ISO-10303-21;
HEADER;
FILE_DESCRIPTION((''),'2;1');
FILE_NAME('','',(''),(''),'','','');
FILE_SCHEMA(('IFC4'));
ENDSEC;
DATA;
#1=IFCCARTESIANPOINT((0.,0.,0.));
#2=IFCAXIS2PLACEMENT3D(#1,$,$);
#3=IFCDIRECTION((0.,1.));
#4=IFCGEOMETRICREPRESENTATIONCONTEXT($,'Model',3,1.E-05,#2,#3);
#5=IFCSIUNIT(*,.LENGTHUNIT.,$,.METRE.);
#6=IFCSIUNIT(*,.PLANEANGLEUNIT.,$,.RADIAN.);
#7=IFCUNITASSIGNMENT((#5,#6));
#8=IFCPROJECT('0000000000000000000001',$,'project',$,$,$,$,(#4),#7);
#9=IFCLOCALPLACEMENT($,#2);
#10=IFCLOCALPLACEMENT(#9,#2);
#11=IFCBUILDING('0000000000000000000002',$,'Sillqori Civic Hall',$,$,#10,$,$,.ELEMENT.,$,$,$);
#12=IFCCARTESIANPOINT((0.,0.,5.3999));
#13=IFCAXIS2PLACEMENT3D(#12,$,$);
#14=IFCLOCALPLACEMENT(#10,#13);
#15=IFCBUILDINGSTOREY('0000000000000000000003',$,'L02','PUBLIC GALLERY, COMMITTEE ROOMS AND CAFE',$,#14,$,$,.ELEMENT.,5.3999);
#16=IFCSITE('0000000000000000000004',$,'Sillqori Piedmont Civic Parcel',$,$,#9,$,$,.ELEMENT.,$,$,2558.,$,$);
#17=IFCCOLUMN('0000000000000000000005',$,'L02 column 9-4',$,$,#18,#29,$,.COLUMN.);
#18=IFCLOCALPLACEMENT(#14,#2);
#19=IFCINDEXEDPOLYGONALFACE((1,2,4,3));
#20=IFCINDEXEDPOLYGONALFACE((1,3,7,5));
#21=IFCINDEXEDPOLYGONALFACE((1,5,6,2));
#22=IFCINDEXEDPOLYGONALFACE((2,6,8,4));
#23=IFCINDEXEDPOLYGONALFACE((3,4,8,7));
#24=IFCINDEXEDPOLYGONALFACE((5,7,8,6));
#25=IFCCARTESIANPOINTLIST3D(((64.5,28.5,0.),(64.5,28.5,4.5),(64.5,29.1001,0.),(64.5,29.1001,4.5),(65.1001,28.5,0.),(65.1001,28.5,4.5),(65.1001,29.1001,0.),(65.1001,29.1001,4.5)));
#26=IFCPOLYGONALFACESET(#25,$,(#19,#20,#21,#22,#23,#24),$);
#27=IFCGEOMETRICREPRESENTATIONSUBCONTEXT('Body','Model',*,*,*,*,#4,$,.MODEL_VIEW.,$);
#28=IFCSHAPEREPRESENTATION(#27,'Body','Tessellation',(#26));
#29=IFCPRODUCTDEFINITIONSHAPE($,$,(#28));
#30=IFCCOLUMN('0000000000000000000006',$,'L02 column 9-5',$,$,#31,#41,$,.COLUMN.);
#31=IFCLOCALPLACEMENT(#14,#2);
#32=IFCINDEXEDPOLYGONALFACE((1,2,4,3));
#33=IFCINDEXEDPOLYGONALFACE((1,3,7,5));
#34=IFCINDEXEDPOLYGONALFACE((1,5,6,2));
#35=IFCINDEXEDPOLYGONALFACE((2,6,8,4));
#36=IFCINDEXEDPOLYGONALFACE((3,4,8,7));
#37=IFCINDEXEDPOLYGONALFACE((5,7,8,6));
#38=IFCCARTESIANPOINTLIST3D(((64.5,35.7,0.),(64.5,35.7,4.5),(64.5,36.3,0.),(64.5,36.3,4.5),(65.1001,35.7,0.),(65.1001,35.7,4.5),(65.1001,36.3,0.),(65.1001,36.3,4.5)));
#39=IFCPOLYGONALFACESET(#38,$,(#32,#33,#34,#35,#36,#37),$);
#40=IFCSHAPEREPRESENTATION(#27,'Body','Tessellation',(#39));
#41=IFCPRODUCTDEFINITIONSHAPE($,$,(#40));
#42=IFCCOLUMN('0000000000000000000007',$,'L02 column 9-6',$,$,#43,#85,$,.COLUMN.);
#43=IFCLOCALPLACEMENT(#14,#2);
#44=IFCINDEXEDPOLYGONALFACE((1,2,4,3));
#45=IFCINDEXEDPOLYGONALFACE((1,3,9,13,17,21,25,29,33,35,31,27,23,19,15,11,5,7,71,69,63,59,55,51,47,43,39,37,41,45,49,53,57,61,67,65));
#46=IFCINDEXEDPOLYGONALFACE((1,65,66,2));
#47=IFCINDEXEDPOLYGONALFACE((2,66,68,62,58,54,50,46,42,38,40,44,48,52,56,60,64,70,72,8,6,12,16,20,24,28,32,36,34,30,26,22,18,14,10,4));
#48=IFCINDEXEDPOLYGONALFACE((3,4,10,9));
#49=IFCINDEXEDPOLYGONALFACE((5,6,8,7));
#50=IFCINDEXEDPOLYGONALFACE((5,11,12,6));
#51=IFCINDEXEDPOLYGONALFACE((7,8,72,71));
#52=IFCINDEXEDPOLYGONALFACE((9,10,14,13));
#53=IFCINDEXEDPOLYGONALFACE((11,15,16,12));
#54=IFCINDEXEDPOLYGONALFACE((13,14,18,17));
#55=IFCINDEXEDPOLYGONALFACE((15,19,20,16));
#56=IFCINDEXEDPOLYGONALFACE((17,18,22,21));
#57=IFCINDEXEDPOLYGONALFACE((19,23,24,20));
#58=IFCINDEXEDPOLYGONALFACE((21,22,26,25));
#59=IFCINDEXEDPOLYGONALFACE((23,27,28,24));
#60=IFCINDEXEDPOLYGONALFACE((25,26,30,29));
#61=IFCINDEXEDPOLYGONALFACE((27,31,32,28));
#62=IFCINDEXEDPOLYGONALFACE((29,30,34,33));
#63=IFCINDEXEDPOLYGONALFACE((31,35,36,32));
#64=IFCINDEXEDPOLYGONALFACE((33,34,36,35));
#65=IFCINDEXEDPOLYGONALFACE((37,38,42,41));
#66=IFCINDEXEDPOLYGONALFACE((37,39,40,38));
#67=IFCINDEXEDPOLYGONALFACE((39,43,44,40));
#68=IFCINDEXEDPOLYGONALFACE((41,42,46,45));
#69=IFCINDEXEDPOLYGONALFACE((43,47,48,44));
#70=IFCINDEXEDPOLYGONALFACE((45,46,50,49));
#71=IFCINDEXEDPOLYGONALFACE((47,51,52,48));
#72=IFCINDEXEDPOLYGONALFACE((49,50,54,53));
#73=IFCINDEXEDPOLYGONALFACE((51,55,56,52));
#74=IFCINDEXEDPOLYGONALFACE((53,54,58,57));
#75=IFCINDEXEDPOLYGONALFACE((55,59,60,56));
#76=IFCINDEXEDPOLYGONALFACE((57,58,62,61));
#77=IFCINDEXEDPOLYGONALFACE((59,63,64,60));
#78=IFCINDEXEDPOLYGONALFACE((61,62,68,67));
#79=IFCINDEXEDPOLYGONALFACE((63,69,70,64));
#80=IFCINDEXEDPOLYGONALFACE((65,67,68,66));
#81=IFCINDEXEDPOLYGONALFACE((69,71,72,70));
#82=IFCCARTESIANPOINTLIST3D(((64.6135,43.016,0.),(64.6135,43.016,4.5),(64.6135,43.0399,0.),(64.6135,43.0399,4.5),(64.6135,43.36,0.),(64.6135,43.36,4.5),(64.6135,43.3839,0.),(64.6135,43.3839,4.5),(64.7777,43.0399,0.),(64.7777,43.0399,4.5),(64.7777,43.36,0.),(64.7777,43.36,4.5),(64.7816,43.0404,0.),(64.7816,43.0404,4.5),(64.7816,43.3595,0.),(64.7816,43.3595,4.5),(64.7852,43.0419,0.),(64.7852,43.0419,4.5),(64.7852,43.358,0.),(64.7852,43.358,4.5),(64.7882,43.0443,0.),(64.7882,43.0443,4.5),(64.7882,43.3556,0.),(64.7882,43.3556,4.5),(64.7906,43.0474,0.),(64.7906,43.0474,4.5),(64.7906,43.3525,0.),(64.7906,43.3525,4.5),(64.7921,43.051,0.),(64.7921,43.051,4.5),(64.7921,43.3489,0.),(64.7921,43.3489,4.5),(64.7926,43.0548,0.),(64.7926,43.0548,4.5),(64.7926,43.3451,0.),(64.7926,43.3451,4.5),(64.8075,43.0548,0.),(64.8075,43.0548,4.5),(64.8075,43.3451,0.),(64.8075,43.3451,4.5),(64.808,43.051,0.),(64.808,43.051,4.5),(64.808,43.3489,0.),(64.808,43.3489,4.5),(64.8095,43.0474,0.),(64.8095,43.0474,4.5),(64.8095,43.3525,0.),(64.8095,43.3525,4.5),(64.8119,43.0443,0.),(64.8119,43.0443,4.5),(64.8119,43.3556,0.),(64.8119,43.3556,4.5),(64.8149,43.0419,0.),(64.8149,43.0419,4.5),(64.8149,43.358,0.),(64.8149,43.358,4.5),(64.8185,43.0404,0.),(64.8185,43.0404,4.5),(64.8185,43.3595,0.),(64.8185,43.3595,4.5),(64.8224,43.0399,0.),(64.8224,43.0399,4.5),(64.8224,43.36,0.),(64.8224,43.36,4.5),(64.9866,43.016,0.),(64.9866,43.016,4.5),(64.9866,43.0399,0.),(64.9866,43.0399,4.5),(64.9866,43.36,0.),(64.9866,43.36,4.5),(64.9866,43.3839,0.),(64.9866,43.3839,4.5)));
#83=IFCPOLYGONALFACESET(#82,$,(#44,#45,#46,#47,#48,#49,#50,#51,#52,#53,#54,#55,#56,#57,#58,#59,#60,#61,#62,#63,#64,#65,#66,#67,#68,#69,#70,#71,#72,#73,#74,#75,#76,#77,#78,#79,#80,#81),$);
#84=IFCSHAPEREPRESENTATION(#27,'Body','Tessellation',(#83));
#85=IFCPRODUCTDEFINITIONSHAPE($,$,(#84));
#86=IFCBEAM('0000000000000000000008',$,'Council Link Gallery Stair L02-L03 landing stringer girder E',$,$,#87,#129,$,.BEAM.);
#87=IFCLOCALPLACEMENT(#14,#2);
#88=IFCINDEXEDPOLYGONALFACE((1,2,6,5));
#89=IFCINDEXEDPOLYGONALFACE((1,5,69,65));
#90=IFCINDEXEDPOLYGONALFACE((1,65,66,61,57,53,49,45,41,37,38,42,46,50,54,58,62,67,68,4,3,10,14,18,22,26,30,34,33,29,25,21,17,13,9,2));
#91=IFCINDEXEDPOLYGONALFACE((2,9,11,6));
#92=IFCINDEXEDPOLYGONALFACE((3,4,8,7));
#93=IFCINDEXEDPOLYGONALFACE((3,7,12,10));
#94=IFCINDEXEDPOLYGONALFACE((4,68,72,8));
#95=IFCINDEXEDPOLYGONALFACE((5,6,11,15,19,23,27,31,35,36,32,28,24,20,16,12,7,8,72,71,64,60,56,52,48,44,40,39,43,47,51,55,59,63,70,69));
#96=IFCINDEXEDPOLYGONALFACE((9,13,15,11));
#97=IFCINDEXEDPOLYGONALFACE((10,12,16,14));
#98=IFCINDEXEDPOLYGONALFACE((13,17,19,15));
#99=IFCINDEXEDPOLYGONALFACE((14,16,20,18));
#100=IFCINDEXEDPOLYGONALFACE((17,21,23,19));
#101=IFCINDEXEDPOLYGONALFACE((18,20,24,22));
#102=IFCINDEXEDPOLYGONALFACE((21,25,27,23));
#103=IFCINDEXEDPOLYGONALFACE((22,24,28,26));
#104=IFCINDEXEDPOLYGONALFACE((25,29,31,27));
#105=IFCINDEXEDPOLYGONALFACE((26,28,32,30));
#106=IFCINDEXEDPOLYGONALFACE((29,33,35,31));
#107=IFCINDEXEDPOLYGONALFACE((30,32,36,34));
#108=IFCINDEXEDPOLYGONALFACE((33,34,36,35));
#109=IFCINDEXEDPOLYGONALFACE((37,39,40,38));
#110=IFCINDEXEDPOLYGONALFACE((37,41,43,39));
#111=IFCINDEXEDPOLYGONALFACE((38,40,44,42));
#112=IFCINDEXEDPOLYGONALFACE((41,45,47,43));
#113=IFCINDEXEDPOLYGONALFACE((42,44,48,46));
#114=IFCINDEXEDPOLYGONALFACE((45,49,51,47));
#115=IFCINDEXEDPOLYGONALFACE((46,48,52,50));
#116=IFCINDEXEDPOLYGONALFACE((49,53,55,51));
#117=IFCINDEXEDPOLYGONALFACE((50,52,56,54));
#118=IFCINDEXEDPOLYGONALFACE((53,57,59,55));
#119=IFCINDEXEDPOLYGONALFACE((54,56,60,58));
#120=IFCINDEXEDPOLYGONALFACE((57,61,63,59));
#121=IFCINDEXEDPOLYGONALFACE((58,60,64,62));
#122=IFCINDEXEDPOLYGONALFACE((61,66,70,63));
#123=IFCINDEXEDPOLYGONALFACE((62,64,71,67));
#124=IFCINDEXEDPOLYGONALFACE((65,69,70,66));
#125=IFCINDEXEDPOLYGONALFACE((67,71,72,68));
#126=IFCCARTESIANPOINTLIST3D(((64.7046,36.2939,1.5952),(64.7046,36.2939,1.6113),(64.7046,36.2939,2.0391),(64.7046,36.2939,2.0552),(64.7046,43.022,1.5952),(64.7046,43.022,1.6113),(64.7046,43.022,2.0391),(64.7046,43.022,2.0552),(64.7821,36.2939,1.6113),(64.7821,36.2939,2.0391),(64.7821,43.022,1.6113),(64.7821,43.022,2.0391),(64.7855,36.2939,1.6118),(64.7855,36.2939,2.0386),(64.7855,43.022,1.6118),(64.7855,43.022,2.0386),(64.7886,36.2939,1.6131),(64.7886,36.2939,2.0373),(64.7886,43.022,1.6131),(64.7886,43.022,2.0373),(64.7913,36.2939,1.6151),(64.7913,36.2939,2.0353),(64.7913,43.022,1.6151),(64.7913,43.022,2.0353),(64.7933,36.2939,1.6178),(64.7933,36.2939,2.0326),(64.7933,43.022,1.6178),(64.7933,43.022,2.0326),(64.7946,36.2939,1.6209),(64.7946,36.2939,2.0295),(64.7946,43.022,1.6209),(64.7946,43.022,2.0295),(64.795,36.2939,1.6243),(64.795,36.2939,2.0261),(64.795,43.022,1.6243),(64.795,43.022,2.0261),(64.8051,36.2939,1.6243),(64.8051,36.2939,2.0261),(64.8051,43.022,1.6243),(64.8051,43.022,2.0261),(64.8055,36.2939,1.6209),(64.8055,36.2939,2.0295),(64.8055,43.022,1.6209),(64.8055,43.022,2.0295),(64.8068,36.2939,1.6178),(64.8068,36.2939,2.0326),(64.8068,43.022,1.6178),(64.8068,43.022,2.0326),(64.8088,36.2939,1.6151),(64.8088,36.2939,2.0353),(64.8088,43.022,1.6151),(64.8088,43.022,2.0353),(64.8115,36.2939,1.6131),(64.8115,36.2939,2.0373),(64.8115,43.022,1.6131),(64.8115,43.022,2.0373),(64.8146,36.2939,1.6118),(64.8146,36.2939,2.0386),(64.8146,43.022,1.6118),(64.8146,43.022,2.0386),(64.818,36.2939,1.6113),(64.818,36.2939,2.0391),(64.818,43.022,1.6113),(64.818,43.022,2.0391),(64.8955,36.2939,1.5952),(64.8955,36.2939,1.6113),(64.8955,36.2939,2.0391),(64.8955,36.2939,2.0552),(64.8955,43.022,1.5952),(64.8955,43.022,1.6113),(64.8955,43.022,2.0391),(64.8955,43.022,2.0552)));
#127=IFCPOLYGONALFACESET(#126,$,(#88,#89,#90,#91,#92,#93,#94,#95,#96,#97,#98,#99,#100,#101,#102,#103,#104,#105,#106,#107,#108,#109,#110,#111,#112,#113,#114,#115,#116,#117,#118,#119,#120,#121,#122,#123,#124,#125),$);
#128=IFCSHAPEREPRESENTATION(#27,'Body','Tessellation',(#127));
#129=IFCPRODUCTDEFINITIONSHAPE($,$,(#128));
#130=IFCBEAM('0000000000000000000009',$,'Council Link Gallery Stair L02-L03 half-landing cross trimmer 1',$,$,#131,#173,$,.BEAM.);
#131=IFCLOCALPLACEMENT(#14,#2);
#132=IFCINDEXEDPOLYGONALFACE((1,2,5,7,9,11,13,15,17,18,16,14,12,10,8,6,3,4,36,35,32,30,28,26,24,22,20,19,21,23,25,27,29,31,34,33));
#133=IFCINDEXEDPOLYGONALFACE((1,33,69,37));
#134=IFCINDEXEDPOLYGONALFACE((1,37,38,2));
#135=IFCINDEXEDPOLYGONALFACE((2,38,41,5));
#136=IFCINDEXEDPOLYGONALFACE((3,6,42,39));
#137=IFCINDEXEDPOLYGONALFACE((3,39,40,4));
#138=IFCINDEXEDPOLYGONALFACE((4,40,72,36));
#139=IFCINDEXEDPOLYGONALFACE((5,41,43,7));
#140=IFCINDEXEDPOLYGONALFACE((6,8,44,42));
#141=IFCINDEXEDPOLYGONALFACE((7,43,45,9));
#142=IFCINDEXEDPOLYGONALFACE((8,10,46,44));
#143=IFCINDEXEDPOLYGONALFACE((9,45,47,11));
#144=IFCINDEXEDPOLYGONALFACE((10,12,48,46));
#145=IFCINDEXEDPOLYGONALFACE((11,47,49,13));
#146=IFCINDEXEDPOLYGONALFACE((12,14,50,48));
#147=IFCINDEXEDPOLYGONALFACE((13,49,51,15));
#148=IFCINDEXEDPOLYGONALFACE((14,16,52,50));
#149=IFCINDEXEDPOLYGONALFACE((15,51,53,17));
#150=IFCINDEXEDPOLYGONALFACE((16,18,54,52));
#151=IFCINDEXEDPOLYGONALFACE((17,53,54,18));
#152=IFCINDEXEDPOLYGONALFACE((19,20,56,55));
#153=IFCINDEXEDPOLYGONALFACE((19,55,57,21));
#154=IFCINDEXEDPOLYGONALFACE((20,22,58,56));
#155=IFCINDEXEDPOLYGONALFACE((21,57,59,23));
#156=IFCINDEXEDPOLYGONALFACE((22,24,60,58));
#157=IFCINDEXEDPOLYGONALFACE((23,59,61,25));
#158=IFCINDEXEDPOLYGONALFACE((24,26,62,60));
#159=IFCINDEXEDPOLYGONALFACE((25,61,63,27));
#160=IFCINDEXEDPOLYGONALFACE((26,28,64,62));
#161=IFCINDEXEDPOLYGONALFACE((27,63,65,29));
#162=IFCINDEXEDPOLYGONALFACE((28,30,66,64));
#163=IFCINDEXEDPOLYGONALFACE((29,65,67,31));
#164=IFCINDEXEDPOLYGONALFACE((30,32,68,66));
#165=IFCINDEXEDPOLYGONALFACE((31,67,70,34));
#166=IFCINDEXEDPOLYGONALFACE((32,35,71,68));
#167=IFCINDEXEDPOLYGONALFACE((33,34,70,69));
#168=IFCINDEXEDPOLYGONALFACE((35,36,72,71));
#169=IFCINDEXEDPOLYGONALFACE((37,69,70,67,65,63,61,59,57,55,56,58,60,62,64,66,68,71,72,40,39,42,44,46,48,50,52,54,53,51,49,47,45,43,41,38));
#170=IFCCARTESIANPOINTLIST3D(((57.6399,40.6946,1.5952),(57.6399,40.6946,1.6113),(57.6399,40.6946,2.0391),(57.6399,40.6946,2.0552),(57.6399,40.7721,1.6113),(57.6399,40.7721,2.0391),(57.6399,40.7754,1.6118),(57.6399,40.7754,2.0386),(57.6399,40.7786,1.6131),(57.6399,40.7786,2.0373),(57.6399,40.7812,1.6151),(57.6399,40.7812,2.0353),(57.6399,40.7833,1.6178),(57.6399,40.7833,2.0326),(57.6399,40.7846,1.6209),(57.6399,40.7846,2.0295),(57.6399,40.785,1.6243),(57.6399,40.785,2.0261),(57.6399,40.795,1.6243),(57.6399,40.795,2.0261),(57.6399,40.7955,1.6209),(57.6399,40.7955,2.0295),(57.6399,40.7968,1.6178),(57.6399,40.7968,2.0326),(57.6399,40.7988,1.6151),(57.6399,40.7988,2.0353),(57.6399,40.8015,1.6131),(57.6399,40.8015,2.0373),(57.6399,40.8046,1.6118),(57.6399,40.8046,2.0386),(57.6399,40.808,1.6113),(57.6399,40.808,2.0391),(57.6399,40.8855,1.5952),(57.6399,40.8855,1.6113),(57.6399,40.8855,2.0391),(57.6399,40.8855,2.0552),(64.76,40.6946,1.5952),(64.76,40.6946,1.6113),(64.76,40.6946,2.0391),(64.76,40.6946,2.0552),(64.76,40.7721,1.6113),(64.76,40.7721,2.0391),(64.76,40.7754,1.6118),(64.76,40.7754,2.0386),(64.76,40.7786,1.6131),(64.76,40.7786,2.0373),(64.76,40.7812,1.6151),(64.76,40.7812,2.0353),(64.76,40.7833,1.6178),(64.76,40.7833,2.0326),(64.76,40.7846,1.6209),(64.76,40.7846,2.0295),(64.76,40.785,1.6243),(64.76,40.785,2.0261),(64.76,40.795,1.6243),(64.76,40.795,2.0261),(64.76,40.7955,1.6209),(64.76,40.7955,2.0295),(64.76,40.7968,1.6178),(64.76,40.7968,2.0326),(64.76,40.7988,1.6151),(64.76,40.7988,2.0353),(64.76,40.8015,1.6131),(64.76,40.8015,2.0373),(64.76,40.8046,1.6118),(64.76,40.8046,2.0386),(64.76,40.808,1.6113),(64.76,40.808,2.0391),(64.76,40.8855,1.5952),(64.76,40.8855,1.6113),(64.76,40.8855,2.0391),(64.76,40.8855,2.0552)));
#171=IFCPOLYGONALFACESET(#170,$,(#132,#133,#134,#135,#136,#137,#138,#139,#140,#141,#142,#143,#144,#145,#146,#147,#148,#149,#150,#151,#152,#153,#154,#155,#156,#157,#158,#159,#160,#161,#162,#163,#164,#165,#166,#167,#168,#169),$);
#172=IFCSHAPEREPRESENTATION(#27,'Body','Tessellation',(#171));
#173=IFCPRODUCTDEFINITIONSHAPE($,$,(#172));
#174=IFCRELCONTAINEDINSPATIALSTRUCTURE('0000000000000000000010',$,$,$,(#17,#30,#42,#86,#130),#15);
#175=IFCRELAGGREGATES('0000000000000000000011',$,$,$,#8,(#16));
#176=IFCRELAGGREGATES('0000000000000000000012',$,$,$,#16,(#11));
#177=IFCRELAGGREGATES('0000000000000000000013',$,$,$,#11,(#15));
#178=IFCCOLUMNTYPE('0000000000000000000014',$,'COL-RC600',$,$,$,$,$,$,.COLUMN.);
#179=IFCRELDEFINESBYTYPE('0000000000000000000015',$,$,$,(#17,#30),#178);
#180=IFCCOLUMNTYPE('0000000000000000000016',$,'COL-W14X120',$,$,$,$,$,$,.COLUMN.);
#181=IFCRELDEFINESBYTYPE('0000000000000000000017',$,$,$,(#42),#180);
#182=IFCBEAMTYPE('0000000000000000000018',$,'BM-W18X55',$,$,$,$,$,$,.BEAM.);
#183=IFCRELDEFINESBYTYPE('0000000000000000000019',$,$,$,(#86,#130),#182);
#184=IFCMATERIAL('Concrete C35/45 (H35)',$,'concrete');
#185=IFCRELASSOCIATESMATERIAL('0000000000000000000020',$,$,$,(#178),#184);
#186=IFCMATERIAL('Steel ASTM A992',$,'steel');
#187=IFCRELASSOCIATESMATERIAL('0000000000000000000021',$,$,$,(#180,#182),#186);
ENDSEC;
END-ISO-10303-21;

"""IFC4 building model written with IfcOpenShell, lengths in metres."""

from ifc_helpers import new_model, si_unit, direction, frame, origin, origin_2d, place, context, subcontext, project, spatial, rectangle, i_section, extrude, material, material_profile, profile_set, type_object, element, save


model = new_model("IFC4")

# Units and contexts
model_context = context("Model", 3, precision=1e-05, world=origin(), true_north=direction((0.0, 1.0)))
body_context = subcontext(model_context, "Body", "Model", "MODEL_VIEW")
ifc_project = project(units=[si_unit("LENGTHUNIT", "METRE"), si_unit("PLANEANGLEUNIT", "RADIAN")], contexts=[model_context])

# Site, building, storey
site_placement = place(None, origin())
site = spatial("IfcSite", under=ifc_project, at=site_placement, Name="Sillqori Piedmont Civic Parcel", CompositionType="ELEMENT", RefElevation=2558.0)
building_placement = place(site_placement, origin())
building = spatial("IfcBuilding", under=site, at=building_placement, Name="Sillqori Civic Hall", CompositionType="ELEMENT")
storey_placement = place(building_placement, frame((0.0, 0.0, 5.3999)))
storey = spatial("IfcBuildingStorey", under=building, at=storey_placement, Name="L02", Description="PUBLIC GALLERY, COMMITTEE ROOMS AND CAFE", CompositionType="ELEMENT", Elevation=5.3999)

# Columns
ifc_material_1 = material(Name="Concrete C35/45 (H35)", Category="concrete")
ifc_material_profile_1 = material_profile(ifc_material_1, rectangle(XDim=0.6001, YDim=0.6001, at=origin_2d()), Name="RC 600x600")
ifc_profile_set_1 = profile_set([ifc_material_profile_1], Name="Concrete C35/45 (H35)")
column_type_1 = type_object("IfcColumnType", Name="COL-RC600", PredefinedType="COLUMN", material=ifc_profile_set_1)
for number, where, z_axis, x_axis, name in (
    (1, (64.8, 28.8, 0.0), (0.0, 0.0, 1.0), (1.0, 0.0, 0.0), "L02 column 9-4"),
    (2, (64.8, 36.0, 0.0), (0.0, 0.0, 1.0), (1.0, 0.0, 0.0), "L02 column 9-5"),
):
    element("IfcColumn", number, at=place(storey_placement, frame(where, z_axis=z_axis, x_axis=x_axis)), inside=storey, type_object=column_type_1, Name=name, PredefinedType="COLUMN", context=body_context, shape_type="SweptSolid", body=[
        extrude(rectangle(XDim=0.6001, YDim=0.6001, at=origin_2d()), origin(), (0.0, 0.0, 1.0), 4.5),
    ])
ifc_material_2 = material(Name="Steel ASTM A992", Category="steel")
ifc_material_profile_2 = material_profile(ifc_material_2, i_section(OverallWidth=0.373, OverallDepth=0.3679, WebThickness=0.0149, FlangeThickness=0.0239, FilletRadius=0.0149, at=origin_2d()), Name="W14X120")
ifc_profile_set_2 = profile_set([ifc_material_profile_2], Name="Steel ASTM A992")
column_type_2 = type_object("IfcColumnType", Name="COL-W14X120", PredefinedType="COLUMN", material=ifc_profile_set_2)
column_placement = place(storey_placement, frame((64.8, 43.2, 0.0), z_axis=(0.0, 0.0, 1.0), x_axis=(1.0, 0.0, 0.0)))
element("IfcColumn", 3, at=column_placement, inside=storey, type_object=column_type_2, Name="L02 column 9-6", PredefinedType="COLUMN", context=body_context, shape_type="SweptSolid", body=[
    extrude(i_section(OverallWidth=0.373, OverallDepth=0.3679, WebThickness=0.0149, FlangeThickness=0.0239, FilletRadius=0.0149, at=origin_2d()), origin(), (0.0, 0.0, 1.0), 4.5),
])

# Beams
ifc_material_profile_3 = material_profile(ifc_material_2, i_section(OverallWidth=0.1909, OverallDepth=0.46, WebThickness=0.01, FlangeThickness=0.0161, FilletRadius=0.0129, at=origin_2d()), Name="W18X55")
ifc_profile_set_3 = profile_set([ifc_material_profile_3], Name="Steel ASTM A992")
beam_type_1 = type_object("IfcBeamType", Name="BM-W18X55", PredefinedType="BEAM", material=ifc_profile_set_3)
beam_1_placement = place(storey_placement, frame((64.8, 36.2939, 1.8252), z_axis=(0.0, 1.0, 0.0), x_axis=(-1.0, 0.0, 0.0)))
element("IfcBeam", 4, at=beam_1_placement, inside=storey, type_object=beam_type_1, Name="Council Link Gallery Stair L02-L03 landing stringer girder E", PredefinedType="BEAM", context=body_context, shape_type="SweptSolid", body=[
    extrude(i_section(OverallWidth=0.1909, OverallDepth=0.46, WebThickness=0.01, FlangeThickness=0.0161, FilletRadius=0.0129, at=origin_2d()), origin(), (0.0, 0.0, 1.0), 6.728),
])
for number, where, z_axis, x_axis, name in (
    (5, (57.6399, 40.79, 1.8252), (1.0, 0.0, 0.0), (0.0, 1.0, 0.0), "Council Link Gallery Stair L02-L03 half-landing cross trimmer 1"),
):
    element("IfcBeam", number, at=place(storey_placement, frame(where, z_axis=z_axis, x_axis=x_axis)), inside=storey, type_object=beam_type_1, Name=name, PredefinedType="BEAM", context=body_context, shape_type="SweptSolid", body=[
        extrude(i_section(OverallWidth=0.1909, OverallDepth=0.46, WebThickness=0.01, FlangeThickness=0.0161, FilletRadius=0.0129, at=origin_2d()), origin(), (0.0, 0.0, 1.0), 7.1201),
    ])

save(model, "model.ifc")
